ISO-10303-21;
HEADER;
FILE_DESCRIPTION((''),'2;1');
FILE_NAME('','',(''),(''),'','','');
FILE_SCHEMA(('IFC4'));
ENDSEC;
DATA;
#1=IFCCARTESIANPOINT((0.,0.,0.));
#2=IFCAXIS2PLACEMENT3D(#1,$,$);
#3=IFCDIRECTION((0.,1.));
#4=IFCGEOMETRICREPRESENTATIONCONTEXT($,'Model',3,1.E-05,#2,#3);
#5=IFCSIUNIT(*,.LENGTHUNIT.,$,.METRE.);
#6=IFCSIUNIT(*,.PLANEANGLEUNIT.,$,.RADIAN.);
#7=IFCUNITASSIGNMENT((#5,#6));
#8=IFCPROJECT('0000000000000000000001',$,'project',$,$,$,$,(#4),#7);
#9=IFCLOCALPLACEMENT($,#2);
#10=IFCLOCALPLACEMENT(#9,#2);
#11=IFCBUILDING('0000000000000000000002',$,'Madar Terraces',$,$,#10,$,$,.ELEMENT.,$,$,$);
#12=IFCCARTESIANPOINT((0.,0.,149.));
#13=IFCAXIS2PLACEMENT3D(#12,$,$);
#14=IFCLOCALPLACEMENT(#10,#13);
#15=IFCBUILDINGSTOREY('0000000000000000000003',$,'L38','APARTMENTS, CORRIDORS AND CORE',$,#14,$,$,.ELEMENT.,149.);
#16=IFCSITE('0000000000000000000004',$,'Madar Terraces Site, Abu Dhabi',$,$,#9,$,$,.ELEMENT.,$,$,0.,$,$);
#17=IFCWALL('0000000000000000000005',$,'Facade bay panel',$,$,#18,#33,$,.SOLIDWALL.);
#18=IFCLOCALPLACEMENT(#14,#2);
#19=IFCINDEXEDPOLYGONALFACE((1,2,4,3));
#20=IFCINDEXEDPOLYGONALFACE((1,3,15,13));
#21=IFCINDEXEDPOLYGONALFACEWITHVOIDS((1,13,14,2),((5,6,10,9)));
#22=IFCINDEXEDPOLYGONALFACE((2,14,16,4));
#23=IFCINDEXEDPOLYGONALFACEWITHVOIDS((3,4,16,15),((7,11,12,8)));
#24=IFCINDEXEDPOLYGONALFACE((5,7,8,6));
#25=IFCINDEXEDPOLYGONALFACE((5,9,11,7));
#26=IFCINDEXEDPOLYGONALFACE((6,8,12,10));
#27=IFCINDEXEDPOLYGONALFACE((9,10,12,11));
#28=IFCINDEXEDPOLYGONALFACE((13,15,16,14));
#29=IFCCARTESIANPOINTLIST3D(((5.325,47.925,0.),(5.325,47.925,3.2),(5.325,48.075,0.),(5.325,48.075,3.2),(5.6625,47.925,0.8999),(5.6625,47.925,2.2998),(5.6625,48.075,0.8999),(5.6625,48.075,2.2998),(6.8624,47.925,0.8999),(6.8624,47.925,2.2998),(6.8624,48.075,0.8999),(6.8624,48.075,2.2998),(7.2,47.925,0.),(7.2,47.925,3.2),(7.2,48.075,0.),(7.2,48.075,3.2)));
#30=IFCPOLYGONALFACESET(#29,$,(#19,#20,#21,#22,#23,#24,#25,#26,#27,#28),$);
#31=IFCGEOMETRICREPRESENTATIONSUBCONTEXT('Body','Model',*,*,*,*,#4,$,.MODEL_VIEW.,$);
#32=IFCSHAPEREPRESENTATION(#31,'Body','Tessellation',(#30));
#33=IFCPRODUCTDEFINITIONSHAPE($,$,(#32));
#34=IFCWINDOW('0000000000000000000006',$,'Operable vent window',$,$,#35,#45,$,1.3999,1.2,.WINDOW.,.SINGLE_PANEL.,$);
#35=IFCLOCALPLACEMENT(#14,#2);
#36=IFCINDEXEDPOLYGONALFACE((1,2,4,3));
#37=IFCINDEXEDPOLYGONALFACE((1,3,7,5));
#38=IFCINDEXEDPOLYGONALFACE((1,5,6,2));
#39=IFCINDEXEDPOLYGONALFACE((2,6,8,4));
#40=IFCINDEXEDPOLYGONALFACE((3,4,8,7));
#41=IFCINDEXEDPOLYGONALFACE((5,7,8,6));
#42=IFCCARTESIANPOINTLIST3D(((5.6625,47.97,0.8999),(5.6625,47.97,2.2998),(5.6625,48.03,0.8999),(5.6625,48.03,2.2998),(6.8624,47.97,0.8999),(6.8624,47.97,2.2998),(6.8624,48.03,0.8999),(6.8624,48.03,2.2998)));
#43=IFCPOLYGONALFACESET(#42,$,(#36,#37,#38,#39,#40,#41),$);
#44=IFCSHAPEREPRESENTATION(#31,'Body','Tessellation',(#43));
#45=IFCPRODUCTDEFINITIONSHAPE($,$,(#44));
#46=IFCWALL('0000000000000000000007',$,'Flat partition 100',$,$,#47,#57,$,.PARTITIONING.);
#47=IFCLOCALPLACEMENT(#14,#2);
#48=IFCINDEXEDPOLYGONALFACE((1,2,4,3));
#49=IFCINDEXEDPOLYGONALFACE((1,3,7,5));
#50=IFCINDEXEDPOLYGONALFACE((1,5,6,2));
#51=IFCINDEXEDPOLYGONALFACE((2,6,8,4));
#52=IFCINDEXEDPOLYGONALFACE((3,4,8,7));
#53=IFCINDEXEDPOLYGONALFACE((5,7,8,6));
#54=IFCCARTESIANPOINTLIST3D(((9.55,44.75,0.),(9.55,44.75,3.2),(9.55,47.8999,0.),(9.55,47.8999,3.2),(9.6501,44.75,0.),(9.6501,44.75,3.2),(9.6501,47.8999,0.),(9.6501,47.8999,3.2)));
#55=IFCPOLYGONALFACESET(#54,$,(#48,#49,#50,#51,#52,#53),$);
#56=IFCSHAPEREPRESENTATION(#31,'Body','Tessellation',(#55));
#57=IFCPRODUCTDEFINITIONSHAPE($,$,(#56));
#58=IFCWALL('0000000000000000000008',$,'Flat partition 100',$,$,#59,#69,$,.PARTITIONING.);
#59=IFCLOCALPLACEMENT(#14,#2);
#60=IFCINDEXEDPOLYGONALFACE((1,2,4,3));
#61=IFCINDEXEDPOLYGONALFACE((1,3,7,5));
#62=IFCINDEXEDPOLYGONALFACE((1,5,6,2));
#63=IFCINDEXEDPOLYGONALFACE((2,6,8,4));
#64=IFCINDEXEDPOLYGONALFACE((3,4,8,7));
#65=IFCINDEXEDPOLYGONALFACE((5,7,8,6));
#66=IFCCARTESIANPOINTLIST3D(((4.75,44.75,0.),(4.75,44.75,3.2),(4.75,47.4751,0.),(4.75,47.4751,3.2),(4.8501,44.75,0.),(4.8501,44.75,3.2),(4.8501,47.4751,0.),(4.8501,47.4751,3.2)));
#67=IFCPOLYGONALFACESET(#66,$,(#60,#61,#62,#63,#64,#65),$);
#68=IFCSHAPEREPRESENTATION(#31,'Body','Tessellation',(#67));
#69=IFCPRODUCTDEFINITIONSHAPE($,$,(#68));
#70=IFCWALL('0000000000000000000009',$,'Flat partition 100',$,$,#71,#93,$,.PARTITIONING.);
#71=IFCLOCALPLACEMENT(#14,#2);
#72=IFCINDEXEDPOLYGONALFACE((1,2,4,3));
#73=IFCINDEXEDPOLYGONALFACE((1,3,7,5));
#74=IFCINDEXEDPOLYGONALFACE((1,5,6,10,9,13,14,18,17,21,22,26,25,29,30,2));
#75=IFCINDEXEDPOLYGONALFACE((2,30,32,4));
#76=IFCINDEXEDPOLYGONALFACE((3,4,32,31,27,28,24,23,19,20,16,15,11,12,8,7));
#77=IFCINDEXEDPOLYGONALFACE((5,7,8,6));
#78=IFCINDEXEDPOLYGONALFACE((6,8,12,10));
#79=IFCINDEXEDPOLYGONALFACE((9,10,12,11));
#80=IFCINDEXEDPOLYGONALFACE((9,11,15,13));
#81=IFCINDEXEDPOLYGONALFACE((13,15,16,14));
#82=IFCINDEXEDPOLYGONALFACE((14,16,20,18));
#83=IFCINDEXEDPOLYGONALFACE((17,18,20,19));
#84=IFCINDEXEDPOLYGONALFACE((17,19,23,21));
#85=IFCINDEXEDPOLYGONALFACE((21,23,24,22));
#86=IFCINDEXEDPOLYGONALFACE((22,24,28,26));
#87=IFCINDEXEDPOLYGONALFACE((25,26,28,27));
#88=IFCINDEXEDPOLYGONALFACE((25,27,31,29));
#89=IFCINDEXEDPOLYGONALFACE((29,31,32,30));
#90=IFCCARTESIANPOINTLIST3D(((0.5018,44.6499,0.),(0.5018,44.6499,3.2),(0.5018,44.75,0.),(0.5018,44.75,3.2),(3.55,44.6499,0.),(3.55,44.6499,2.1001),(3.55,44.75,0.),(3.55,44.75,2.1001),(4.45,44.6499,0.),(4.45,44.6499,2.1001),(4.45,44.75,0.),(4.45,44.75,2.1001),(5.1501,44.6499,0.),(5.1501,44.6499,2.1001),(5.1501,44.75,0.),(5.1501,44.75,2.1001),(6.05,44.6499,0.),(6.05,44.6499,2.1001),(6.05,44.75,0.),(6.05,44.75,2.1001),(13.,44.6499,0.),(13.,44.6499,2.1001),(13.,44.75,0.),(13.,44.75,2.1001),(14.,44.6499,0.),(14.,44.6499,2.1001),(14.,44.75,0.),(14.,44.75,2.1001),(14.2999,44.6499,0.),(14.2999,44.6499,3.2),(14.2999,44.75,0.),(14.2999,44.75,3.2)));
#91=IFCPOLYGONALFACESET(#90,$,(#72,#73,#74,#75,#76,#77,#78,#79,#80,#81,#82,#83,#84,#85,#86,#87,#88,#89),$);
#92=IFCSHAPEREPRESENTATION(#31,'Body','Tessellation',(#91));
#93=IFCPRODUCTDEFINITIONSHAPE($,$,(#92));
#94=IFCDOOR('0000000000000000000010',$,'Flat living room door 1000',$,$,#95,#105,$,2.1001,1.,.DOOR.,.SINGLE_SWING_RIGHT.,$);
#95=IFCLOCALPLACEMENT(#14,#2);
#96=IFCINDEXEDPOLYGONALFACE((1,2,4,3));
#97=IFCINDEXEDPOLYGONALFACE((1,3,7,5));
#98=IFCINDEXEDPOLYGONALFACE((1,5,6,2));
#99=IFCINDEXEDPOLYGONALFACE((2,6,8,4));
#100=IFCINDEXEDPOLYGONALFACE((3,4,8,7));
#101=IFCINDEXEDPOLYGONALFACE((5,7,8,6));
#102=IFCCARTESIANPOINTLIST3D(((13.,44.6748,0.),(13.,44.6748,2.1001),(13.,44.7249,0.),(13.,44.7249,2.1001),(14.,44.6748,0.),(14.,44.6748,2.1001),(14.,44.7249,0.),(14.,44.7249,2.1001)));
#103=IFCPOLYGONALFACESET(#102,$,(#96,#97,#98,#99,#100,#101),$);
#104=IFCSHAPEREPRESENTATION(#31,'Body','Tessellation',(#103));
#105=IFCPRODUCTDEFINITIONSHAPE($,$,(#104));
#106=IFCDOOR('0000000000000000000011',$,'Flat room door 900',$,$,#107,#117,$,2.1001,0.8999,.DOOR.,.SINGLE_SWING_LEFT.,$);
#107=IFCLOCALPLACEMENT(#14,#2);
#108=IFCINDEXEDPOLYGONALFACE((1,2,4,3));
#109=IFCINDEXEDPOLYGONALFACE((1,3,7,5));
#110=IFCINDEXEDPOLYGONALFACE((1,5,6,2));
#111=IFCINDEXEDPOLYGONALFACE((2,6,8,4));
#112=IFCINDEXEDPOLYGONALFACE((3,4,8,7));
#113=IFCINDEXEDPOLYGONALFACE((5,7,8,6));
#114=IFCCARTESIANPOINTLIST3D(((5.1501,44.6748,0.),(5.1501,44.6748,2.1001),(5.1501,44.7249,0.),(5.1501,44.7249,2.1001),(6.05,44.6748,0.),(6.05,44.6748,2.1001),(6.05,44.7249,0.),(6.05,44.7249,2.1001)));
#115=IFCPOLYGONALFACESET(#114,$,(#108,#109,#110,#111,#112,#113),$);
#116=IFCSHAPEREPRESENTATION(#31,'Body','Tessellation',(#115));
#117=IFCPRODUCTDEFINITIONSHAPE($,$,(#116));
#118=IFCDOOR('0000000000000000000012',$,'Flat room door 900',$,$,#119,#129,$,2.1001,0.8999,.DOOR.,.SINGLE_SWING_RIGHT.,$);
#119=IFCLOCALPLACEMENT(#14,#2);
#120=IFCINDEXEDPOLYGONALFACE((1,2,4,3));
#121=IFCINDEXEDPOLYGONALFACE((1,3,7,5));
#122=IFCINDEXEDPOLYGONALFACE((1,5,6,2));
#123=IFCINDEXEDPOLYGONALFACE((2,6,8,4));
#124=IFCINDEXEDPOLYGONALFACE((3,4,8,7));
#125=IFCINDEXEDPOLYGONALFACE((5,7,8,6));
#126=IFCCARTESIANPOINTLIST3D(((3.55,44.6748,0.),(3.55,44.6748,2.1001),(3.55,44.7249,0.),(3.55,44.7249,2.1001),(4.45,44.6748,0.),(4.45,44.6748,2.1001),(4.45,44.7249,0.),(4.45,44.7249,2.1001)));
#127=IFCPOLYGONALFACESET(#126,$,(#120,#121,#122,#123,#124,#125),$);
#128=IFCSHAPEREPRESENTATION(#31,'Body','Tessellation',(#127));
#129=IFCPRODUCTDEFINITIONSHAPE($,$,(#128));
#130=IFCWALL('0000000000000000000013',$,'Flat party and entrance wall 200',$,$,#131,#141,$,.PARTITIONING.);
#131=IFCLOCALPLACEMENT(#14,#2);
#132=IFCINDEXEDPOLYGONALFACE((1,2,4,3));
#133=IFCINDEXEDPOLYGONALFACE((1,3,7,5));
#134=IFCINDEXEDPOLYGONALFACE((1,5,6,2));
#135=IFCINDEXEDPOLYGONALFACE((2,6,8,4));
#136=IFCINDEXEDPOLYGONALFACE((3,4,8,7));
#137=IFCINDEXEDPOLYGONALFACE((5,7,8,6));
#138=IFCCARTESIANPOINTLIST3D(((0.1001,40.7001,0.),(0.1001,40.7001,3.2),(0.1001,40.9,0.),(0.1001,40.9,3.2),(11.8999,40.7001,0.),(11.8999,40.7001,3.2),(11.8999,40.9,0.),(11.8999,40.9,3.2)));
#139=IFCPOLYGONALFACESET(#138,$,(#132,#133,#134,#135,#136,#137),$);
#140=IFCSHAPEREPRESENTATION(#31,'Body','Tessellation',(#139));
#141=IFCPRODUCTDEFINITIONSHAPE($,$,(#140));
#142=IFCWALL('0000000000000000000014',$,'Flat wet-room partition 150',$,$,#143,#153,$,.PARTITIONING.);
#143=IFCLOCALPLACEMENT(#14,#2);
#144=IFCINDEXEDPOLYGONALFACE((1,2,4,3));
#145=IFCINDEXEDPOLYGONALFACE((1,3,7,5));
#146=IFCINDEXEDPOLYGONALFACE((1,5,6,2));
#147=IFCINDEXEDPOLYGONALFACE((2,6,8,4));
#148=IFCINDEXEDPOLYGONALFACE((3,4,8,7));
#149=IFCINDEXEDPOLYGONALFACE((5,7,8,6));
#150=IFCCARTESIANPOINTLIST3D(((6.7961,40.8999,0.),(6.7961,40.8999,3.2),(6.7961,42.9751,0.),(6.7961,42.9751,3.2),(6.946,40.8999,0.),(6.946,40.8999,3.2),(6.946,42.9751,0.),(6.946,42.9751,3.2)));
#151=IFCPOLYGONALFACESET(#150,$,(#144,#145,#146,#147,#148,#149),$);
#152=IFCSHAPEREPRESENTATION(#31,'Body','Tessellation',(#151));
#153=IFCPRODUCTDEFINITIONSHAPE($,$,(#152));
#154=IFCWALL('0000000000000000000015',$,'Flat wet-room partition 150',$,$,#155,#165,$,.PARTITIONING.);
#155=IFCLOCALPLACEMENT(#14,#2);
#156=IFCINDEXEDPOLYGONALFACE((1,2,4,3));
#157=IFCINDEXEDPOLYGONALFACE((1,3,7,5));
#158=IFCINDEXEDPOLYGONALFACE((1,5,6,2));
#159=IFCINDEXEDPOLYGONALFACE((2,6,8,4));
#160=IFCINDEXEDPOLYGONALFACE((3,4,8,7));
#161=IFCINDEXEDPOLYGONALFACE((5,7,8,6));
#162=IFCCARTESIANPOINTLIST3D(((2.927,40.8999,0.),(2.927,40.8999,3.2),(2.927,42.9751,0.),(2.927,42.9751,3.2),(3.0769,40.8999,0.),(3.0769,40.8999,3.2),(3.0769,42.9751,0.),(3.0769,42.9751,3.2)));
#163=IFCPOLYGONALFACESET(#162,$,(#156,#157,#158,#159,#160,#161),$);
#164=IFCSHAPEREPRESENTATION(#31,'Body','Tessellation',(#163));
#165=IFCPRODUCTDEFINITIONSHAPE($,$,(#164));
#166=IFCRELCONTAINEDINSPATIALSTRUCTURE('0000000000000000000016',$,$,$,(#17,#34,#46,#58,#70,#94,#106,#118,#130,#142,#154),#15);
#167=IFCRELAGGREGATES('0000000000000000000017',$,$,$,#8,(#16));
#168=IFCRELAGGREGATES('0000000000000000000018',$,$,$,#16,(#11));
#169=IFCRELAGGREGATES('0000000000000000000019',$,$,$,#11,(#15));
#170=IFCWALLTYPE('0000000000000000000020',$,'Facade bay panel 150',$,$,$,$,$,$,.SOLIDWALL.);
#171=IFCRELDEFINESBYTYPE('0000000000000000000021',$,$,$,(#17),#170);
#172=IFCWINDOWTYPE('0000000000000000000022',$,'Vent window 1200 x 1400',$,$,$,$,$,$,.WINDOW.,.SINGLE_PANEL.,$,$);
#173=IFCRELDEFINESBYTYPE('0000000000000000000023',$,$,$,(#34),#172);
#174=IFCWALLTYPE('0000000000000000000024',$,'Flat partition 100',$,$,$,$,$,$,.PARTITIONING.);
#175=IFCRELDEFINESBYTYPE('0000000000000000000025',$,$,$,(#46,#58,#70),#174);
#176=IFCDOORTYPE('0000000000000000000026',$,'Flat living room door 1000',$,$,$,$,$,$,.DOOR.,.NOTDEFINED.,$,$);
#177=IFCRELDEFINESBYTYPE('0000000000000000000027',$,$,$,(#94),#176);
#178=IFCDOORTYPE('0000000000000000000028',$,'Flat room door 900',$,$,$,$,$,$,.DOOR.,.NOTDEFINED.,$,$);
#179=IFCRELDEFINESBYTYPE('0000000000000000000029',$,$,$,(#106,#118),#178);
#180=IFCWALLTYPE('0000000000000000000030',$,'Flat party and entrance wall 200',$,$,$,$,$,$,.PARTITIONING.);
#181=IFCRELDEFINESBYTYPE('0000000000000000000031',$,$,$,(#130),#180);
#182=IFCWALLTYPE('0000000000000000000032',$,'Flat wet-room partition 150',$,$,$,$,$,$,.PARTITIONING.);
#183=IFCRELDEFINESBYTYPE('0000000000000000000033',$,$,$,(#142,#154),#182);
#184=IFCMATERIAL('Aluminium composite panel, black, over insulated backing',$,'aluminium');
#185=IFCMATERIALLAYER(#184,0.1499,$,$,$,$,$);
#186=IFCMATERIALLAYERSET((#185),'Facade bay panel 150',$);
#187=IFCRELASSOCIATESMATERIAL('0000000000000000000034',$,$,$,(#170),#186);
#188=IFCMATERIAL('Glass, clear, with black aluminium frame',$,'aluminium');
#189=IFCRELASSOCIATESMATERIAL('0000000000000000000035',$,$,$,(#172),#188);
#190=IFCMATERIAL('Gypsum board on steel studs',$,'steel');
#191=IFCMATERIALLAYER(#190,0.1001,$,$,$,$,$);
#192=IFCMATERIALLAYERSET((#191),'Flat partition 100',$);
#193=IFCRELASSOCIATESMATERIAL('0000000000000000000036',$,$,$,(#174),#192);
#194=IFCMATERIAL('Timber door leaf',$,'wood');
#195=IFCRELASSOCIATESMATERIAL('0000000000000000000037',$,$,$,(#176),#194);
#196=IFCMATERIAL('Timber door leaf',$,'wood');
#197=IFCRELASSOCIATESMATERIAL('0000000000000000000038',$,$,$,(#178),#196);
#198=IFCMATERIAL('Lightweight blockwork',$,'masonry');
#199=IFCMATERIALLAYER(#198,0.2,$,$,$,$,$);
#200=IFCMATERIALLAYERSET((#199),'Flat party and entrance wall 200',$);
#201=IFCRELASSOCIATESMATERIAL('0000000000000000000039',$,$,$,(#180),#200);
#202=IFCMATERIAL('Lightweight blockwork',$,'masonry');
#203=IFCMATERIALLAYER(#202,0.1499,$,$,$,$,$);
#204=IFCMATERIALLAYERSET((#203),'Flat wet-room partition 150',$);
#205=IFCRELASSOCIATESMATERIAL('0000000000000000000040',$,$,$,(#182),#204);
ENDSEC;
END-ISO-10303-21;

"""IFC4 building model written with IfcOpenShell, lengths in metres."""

from ifc_helpers import new_model, si_unit, direction, frame, frame_2d, origin, place, context, subcontext, project, spatial, rectangle, extrude, material, layer, layer_set, type_object, element, fill, save


model = new_model("IFC4")

# Units and contexts
model_context = context("Model", 3, precision=1e-05, world=origin(), true_north=direction((0.0, 1.0)))
body_context = subcontext(model_context, "Body", "Model", "MODEL_VIEW")
ifc_project = project(units=[si_unit("LENGTHUNIT", "METRE"), si_unit("PLANEANGLEUNIT", "RADIAN")], contexts=[model_context])

# Site, building, storey
site_placement = place(None, origin())
site = spatial("IfcSite", under=ifc_project, at=site_placement, Name="Madar Terraces Site, Abu Dhabi", CompositionType="ELEMENT", RefElevation=0.0)
building_placement = place(site_placement, origin())
building = spatial("IfcBuilding", under=site, at=building_placement, Name="Madar Terraces", CompositionType="ELEMENT")
storey_placement = place(building_placement, frame((0.0, 0.0, 149.0)))
storey = spatial("IfcBuildingStorey", under=building, at=storey_placement, Name="L38", Description="APARTMENTS, CORRIDORS AND CORE", CompositionType="ELEMENT", Elevation=149.0)

# Wall, opening, window
ifc_material_1 = material(Name="Aluminium composite panel, black, over insulated backing", Category="aluminium")
ifc_layer_1 = layer(ifc_material_1, 0.1499)
ifc_layer_set_1 = layer_set([ifc_layer_1], Name="Facade bay panel 150")
wall_type_1 = type_object("IfcWallType", Name="Facade bay panel 150", PredefinedType="SOLIDWALL", material=ifc_layer_set_1)
wall_1_placement = place(storey_placement, frame((7.2, 48.0, 0.0), z_axis=(0.0, 0.0, 1.0), x_axis=(-1.0, 0.0, 0.0)))
wall_1 = element("IfcWall", 1, at=wall_1_placement, inside=storey, type_object=wall_type_1, Name="Facade bay panel", PredefinedType="SOLIDWALL", context=body_context, shape_type="SweptSolid", body=[
    extrude(rectangle(XDim=1.875, YDim=0.1499, at=frame_2d((0.9375, 0.0))), origin(), (0.0, 0.0, 1.0), 3.2),
])
opening_1_placement = place(wall_1_placement, frame((0.3374, 0.0, 0.8999)))
opening_1 = element("IfcOpeningElement", 2, at=opening_1_placement, cuts=wall_1, PredefinedType="OPENING", context=body_context, shape_type="SweptSolid", body=[
    extrude(rectangle(XDim=1.2, YDim=1.3999, at=frame_2d((0.6001, 0.7))), frame((0.0, 0.085, 0.0), z_axis=(0.0, -1.0, 0.0), x_axis=(1.0, 0.0, 0.0)), (0.0, 0.0, 1.0), 0.1699),
])
ifc_material_2 = material(Name="Glass, clear, with black aluminium frame", Category="aluminium")
window_type = type_object("IfcWindowType", Name="Vent window 1200 x 1400", PartitioningType="SINGLE_PANEL", PredefinedType="WINDOW", material=ifc_material_2)
window_placement = place(opening_1_placement, origin())
window = element("IfcWindow", 3, at=window_placement, inside=storey, type_object=window_type, Name="Operable vent window", OverallHeight=1.3999, OverallWidth=1.2, PartitioningType="SINGLE_PANEL", PredefinedType="WINDOW", context=body_context, shape_type="SweptSolid", body=[
    extrude(rectangle(XDim=1.2, YDim=1.3999, at=frame_2d((0.6001, 0.7))), frame((0.0, 0.03, 0.0), z_axis=(0.0, -1.0, 0.0), x_axis=(1.0, 0.0, 0.0)), (0.0, 0.0, 1.0), 0.0601),
])
fill(opening_1, window)

# Walls
ifc_material_3 = material(Name="Gypsum board on steel studs", Category="steel")
ifc_layer_2 = layer(ifc_material_3, 0.1001)
ifc_layer_set_2 = layer_set([ifc_layer_2], Name="Flat partition 100")
wall_type_2 = type_object("IfcWallType", Name="Flat partition 100", PredefinedType="PARTITIONING", material=ifc_layer_set_2)
wall_2_placement = place(storey_placement, frame((9.6001, 44.75, 0.0), z_axis=(0.0, 0.0, 1.0), x_axis=(0.0, 1.0, 0.0)))
element("IfcWall", 4, at=wall_2_placement, inside=storey, type_object=wall_type_2, Name="Flat partition 100", PredefinedType="PARTITIONING", context=body_context, shape_type="SweptSolid", body=[
    extrude(rectangle(XDim=3.1499, YDim=0.1001, at=frame_2d((1.575, 0.0))), origin(), (0.0, 0.0, 1.0), 3.2),
])
wall_3_placement = place(storey_placement, frame((4.8, 44.75, 0.0), z_axis=(0.0, 0.0, 1.0), x_axis=(0.0, 1.0, 0.0)))
element("IfcWall", 5, at=wall_3_placement, inside=storey, type_object=wall_type_2, Name="Flat partition 100", PredefinedType="PARTITIONING", context=body_context, shape_type="SweptSolid", body=[
    extrude(rectangle(XDim=2.7251, YDim=0.1001, at=frame_2d((1.3625, 0.0))), origin(), (0.0, 0.0, 1.0), 3.2),
])

# Wall, openings, doors
wall_4_placement = place(storey_placement, frame((0.502, 44.7, 0.0), z_axis=(0.0, 0.0, 1.0), x_axis=(1.0, 0.0, 0.0)))
wall_4 = element("IfcWall", 6, at=wall_4_placement, inside=storey, type_object=wall_type_2, Name="Flat partition 100", PredefinedType="PARTITIONING", context=body_context, shape_type="SweptSolid", body=[
    extrude(rectangle(XDim=13.7981, YDim=0.1001, at=frame_2d((6.8989, 0.0))), origin(), (0.0, 0.0, 1.0), 3.2),
])
opening_2_placement = place(wall_4_placement, frame((12.498, 0.0, 0.0)))
opening_2 = element("IfcOpeningElement", 7, at=opening_2_placement, cuts=wall_4, PredefinedType="OPENING", context=body_context, shape_type="SweptSolid", body=[
    extrude(rectangle(XDim=1.0, YDim=2.1001, at=frame_2d((0.5, 1.05))), frame((0.0, 0.0601, 0.0), z_axis=(0.0, -1.0, 0.0), x_axis=(1.0, 0.0, 0.0)), (0.0, 0.0, 1.0), 0.1201),
])
opening_3_placement = place(wall_4_placement, frame((4.6482, 0.0, 0.0)))
opening_3 = element("IfcOpeningElement", 8, at=opening_3_placement, cuts=wall_4, PredefinedType="OPENING", context=body_context, shape_type="SweptSolid", body=[
    extrude(rectangle(XDim=0.8999, YDim=2.1001, at=frame_2d((0.45, 1.05))), frame((0.0, 0.0601, 0.0), z_axis=(0.0, -1.0, 0.0), x_axis=(1.0, 0.0, 0.0)), (0.0, 0.0, 1.0), 0.1201),
])
opening_4_placement = place(wall_4_placement, frame((3.0481, 0.0, 0.0)))
opening_4 = element("IfcOpeningElement", 9, at=opening_4_placement, cuts=wall_4, PredefinedType="OPENING", context=body_context, shape_type="SweptSolid", body=[
    extrude(rectangle(XDim=0.8999, YDim=2.1001, at=frame_2d((0.45, 1.05))), frame((0.0, 0.0601, 0.0), z_axis=(0.0, -1.0, 0.0), x_axis=(1.0, 0.0, 0.0)), (0.0, 0.0, 1.0), 0.1201),
])
ifc_material_4 = material(Name="Timber door leaf", Category="wood")
door_type_1 = type_object("IfcDoorType", Name="Flat living room door 1000", OperationType="NOTDEFINED", PredefinedType="DOOR", material=ifc_material_4)
door_1_placement = place(opening_2_placement, origin())
door_1 = element("IfcDoor", 10, at=door_1_placement, inside=storey, type_object=door_type_1, Name="Flat living room door 1000", OperationType="SINGLE_SWING_RIGHT", OverallHeight=2.1001, OverallWidth=1.0, PredefinedType="DOOR", context=body_context, shape_type="SweptSolid", body=[
    extrude(rectangle(XDim=1.0, YDim=2.1001, at=frame_2d((0.5, 1.05))), frame((0.0, 0.0249, 0.0), z_axis=(0.0, -1.0, 0.0), x_axis=(1.0, 0.0, 0.0)), (0.0, 0.0, 1.0), 0.05),
])
fill(opening_2, door_1)
ifc_material_5 = material(Name="Timber door leaf", Category="wood")
door_type_2 = type_object("IfcDoorType", Name="Flat room door 900", OperationType="NOTDEFINED", PredefinedType="DOOR", material=ifc_material_5)
door_2_placement = place(opening_3_placement, origin())
door_2 = element("IfcDoor", 11, at=door_2_placement, inside=storey, type_object=door_type_2, Name="Flat room door 900", OperationType="SINGLE_SWING_LEFT", OverallHeight=2.1001, OverallWidth=0.8999, PredefinedType="DOOR", context=body_context, shape_type="SweptSolid", body=[
    extrude(rectangle(XDim=0.8999, YDim=2.1001, at=frame_2d((0.45, 1.05))), frame((0.0, 0.0249, 0.0), z_axis=(0.0, -1.0, 0.0), x_axis=(1.0, 0.0, 0.0)), (0.0, 0.0, 1.0), 0.05),
])
fill(opening_3, door_2)
door_3_placement = place(opening_4_placement, origin())
door_3 = element("IfcDoor", 12, at=door_3_placement, inside=storey, type_object=door_type_2, Name="Flat room door 900", OperationType="SINGLE_SWING_RIGHT", OverallHeight=2.1001, OverallWidth=0.8999, PredefinedType="DOOR", context=body_context, shape_type="SweptSolid", body=[
    extrude(rectangle(XDim=0.8999, YDim=2.1001, at=frame_2d((0.45, 1.05))), frame((0.0, 0.0249, 0.0), z_axis=(0.0, -1.0, 0.0), x_axis=(1.0, 0.0, 0.0)), (0.0, 0.0, 1.0), 0.05),
])
fill(opening_4, door_3)

# Walls
ifc_material_6 = material(Name="Lightweight blockwork", Category="masonry")
ifc_layer_3 = layer(ifc_material_6, 0.2)
ifc_layer_set_3 = layer_set([ifc_layer_3], Name="Flat party and entrance wall 200")
wall_type_3 = type_object("IfcWallType", Name="Flat party and entrance wall 200", PredefinedType="PARTITIONING", material=ifc_layer_set_3)
wall_5_placement = place(storey_placement, frame((0.1001, 40.8, 0.0), z_axis=(0.0, 0.0, 1.0), x_axis=(1.0, 0.0, 0.0)))
element("IfcWall", 13, at=wall_5_placement, inside=storey, type_object=wall_type_3, Name="Flat party and entrance wall 200", PredefinedType="PARTITIONING", context=body_context, shape_type="SweptSolid", body=[
    extrude(rectangle(XDim=11.7998, YDim=0.2, at=frame_2d((5.8999, 0.0))), origin(), (0.0, 0.0, 1.0), 3.2),
])
ifc_material_7 = material(Name="Lightweight blockwork", Category="masonry")
ifc_layer_4 = layer(ifc_material_7, 0.1499)
ifc_layer_set_4 = layer_set([ifc_layer_4], Name="Flat wet-room partition 150")
wall_type_4 = type_object("IfcWallType", Name="Flat wet-room partition 150", PredefinedType="PARTITIONING", material=ifc_layer_set_4)
for number, where, z_axis, x_axis, name in (
    (14, (6.8711, 40.8999, 0.0), (0.0, 0.0, 1.0), (0.0, 1.0, 0.0), "Flat wet-room partition 150"),
    (15, (3.002, 40.8999, 0.0), (0.0, 0.0, 1.0), (0.0, 1.0, 0.0), "Flat wet-room partition 150"),
):
    element("IfcWall", number, at=place(storey_placement, frame(where, z_axis=z_axis, x_axis=x_axis)), inside=storey, type_object=wall_type_4, Name=name, PredefinedType="PARTITIONING", context=body_context, shape_type="SweptSolid", body=[
        extrude(rectangle(XDim=2.0752, YDim=0.1499, at=frame_2d((1.0376, 0.0))), origin(), (0.0, 0.0, 1.0), 3.2),
    ])

save(model, "model.ifc")
